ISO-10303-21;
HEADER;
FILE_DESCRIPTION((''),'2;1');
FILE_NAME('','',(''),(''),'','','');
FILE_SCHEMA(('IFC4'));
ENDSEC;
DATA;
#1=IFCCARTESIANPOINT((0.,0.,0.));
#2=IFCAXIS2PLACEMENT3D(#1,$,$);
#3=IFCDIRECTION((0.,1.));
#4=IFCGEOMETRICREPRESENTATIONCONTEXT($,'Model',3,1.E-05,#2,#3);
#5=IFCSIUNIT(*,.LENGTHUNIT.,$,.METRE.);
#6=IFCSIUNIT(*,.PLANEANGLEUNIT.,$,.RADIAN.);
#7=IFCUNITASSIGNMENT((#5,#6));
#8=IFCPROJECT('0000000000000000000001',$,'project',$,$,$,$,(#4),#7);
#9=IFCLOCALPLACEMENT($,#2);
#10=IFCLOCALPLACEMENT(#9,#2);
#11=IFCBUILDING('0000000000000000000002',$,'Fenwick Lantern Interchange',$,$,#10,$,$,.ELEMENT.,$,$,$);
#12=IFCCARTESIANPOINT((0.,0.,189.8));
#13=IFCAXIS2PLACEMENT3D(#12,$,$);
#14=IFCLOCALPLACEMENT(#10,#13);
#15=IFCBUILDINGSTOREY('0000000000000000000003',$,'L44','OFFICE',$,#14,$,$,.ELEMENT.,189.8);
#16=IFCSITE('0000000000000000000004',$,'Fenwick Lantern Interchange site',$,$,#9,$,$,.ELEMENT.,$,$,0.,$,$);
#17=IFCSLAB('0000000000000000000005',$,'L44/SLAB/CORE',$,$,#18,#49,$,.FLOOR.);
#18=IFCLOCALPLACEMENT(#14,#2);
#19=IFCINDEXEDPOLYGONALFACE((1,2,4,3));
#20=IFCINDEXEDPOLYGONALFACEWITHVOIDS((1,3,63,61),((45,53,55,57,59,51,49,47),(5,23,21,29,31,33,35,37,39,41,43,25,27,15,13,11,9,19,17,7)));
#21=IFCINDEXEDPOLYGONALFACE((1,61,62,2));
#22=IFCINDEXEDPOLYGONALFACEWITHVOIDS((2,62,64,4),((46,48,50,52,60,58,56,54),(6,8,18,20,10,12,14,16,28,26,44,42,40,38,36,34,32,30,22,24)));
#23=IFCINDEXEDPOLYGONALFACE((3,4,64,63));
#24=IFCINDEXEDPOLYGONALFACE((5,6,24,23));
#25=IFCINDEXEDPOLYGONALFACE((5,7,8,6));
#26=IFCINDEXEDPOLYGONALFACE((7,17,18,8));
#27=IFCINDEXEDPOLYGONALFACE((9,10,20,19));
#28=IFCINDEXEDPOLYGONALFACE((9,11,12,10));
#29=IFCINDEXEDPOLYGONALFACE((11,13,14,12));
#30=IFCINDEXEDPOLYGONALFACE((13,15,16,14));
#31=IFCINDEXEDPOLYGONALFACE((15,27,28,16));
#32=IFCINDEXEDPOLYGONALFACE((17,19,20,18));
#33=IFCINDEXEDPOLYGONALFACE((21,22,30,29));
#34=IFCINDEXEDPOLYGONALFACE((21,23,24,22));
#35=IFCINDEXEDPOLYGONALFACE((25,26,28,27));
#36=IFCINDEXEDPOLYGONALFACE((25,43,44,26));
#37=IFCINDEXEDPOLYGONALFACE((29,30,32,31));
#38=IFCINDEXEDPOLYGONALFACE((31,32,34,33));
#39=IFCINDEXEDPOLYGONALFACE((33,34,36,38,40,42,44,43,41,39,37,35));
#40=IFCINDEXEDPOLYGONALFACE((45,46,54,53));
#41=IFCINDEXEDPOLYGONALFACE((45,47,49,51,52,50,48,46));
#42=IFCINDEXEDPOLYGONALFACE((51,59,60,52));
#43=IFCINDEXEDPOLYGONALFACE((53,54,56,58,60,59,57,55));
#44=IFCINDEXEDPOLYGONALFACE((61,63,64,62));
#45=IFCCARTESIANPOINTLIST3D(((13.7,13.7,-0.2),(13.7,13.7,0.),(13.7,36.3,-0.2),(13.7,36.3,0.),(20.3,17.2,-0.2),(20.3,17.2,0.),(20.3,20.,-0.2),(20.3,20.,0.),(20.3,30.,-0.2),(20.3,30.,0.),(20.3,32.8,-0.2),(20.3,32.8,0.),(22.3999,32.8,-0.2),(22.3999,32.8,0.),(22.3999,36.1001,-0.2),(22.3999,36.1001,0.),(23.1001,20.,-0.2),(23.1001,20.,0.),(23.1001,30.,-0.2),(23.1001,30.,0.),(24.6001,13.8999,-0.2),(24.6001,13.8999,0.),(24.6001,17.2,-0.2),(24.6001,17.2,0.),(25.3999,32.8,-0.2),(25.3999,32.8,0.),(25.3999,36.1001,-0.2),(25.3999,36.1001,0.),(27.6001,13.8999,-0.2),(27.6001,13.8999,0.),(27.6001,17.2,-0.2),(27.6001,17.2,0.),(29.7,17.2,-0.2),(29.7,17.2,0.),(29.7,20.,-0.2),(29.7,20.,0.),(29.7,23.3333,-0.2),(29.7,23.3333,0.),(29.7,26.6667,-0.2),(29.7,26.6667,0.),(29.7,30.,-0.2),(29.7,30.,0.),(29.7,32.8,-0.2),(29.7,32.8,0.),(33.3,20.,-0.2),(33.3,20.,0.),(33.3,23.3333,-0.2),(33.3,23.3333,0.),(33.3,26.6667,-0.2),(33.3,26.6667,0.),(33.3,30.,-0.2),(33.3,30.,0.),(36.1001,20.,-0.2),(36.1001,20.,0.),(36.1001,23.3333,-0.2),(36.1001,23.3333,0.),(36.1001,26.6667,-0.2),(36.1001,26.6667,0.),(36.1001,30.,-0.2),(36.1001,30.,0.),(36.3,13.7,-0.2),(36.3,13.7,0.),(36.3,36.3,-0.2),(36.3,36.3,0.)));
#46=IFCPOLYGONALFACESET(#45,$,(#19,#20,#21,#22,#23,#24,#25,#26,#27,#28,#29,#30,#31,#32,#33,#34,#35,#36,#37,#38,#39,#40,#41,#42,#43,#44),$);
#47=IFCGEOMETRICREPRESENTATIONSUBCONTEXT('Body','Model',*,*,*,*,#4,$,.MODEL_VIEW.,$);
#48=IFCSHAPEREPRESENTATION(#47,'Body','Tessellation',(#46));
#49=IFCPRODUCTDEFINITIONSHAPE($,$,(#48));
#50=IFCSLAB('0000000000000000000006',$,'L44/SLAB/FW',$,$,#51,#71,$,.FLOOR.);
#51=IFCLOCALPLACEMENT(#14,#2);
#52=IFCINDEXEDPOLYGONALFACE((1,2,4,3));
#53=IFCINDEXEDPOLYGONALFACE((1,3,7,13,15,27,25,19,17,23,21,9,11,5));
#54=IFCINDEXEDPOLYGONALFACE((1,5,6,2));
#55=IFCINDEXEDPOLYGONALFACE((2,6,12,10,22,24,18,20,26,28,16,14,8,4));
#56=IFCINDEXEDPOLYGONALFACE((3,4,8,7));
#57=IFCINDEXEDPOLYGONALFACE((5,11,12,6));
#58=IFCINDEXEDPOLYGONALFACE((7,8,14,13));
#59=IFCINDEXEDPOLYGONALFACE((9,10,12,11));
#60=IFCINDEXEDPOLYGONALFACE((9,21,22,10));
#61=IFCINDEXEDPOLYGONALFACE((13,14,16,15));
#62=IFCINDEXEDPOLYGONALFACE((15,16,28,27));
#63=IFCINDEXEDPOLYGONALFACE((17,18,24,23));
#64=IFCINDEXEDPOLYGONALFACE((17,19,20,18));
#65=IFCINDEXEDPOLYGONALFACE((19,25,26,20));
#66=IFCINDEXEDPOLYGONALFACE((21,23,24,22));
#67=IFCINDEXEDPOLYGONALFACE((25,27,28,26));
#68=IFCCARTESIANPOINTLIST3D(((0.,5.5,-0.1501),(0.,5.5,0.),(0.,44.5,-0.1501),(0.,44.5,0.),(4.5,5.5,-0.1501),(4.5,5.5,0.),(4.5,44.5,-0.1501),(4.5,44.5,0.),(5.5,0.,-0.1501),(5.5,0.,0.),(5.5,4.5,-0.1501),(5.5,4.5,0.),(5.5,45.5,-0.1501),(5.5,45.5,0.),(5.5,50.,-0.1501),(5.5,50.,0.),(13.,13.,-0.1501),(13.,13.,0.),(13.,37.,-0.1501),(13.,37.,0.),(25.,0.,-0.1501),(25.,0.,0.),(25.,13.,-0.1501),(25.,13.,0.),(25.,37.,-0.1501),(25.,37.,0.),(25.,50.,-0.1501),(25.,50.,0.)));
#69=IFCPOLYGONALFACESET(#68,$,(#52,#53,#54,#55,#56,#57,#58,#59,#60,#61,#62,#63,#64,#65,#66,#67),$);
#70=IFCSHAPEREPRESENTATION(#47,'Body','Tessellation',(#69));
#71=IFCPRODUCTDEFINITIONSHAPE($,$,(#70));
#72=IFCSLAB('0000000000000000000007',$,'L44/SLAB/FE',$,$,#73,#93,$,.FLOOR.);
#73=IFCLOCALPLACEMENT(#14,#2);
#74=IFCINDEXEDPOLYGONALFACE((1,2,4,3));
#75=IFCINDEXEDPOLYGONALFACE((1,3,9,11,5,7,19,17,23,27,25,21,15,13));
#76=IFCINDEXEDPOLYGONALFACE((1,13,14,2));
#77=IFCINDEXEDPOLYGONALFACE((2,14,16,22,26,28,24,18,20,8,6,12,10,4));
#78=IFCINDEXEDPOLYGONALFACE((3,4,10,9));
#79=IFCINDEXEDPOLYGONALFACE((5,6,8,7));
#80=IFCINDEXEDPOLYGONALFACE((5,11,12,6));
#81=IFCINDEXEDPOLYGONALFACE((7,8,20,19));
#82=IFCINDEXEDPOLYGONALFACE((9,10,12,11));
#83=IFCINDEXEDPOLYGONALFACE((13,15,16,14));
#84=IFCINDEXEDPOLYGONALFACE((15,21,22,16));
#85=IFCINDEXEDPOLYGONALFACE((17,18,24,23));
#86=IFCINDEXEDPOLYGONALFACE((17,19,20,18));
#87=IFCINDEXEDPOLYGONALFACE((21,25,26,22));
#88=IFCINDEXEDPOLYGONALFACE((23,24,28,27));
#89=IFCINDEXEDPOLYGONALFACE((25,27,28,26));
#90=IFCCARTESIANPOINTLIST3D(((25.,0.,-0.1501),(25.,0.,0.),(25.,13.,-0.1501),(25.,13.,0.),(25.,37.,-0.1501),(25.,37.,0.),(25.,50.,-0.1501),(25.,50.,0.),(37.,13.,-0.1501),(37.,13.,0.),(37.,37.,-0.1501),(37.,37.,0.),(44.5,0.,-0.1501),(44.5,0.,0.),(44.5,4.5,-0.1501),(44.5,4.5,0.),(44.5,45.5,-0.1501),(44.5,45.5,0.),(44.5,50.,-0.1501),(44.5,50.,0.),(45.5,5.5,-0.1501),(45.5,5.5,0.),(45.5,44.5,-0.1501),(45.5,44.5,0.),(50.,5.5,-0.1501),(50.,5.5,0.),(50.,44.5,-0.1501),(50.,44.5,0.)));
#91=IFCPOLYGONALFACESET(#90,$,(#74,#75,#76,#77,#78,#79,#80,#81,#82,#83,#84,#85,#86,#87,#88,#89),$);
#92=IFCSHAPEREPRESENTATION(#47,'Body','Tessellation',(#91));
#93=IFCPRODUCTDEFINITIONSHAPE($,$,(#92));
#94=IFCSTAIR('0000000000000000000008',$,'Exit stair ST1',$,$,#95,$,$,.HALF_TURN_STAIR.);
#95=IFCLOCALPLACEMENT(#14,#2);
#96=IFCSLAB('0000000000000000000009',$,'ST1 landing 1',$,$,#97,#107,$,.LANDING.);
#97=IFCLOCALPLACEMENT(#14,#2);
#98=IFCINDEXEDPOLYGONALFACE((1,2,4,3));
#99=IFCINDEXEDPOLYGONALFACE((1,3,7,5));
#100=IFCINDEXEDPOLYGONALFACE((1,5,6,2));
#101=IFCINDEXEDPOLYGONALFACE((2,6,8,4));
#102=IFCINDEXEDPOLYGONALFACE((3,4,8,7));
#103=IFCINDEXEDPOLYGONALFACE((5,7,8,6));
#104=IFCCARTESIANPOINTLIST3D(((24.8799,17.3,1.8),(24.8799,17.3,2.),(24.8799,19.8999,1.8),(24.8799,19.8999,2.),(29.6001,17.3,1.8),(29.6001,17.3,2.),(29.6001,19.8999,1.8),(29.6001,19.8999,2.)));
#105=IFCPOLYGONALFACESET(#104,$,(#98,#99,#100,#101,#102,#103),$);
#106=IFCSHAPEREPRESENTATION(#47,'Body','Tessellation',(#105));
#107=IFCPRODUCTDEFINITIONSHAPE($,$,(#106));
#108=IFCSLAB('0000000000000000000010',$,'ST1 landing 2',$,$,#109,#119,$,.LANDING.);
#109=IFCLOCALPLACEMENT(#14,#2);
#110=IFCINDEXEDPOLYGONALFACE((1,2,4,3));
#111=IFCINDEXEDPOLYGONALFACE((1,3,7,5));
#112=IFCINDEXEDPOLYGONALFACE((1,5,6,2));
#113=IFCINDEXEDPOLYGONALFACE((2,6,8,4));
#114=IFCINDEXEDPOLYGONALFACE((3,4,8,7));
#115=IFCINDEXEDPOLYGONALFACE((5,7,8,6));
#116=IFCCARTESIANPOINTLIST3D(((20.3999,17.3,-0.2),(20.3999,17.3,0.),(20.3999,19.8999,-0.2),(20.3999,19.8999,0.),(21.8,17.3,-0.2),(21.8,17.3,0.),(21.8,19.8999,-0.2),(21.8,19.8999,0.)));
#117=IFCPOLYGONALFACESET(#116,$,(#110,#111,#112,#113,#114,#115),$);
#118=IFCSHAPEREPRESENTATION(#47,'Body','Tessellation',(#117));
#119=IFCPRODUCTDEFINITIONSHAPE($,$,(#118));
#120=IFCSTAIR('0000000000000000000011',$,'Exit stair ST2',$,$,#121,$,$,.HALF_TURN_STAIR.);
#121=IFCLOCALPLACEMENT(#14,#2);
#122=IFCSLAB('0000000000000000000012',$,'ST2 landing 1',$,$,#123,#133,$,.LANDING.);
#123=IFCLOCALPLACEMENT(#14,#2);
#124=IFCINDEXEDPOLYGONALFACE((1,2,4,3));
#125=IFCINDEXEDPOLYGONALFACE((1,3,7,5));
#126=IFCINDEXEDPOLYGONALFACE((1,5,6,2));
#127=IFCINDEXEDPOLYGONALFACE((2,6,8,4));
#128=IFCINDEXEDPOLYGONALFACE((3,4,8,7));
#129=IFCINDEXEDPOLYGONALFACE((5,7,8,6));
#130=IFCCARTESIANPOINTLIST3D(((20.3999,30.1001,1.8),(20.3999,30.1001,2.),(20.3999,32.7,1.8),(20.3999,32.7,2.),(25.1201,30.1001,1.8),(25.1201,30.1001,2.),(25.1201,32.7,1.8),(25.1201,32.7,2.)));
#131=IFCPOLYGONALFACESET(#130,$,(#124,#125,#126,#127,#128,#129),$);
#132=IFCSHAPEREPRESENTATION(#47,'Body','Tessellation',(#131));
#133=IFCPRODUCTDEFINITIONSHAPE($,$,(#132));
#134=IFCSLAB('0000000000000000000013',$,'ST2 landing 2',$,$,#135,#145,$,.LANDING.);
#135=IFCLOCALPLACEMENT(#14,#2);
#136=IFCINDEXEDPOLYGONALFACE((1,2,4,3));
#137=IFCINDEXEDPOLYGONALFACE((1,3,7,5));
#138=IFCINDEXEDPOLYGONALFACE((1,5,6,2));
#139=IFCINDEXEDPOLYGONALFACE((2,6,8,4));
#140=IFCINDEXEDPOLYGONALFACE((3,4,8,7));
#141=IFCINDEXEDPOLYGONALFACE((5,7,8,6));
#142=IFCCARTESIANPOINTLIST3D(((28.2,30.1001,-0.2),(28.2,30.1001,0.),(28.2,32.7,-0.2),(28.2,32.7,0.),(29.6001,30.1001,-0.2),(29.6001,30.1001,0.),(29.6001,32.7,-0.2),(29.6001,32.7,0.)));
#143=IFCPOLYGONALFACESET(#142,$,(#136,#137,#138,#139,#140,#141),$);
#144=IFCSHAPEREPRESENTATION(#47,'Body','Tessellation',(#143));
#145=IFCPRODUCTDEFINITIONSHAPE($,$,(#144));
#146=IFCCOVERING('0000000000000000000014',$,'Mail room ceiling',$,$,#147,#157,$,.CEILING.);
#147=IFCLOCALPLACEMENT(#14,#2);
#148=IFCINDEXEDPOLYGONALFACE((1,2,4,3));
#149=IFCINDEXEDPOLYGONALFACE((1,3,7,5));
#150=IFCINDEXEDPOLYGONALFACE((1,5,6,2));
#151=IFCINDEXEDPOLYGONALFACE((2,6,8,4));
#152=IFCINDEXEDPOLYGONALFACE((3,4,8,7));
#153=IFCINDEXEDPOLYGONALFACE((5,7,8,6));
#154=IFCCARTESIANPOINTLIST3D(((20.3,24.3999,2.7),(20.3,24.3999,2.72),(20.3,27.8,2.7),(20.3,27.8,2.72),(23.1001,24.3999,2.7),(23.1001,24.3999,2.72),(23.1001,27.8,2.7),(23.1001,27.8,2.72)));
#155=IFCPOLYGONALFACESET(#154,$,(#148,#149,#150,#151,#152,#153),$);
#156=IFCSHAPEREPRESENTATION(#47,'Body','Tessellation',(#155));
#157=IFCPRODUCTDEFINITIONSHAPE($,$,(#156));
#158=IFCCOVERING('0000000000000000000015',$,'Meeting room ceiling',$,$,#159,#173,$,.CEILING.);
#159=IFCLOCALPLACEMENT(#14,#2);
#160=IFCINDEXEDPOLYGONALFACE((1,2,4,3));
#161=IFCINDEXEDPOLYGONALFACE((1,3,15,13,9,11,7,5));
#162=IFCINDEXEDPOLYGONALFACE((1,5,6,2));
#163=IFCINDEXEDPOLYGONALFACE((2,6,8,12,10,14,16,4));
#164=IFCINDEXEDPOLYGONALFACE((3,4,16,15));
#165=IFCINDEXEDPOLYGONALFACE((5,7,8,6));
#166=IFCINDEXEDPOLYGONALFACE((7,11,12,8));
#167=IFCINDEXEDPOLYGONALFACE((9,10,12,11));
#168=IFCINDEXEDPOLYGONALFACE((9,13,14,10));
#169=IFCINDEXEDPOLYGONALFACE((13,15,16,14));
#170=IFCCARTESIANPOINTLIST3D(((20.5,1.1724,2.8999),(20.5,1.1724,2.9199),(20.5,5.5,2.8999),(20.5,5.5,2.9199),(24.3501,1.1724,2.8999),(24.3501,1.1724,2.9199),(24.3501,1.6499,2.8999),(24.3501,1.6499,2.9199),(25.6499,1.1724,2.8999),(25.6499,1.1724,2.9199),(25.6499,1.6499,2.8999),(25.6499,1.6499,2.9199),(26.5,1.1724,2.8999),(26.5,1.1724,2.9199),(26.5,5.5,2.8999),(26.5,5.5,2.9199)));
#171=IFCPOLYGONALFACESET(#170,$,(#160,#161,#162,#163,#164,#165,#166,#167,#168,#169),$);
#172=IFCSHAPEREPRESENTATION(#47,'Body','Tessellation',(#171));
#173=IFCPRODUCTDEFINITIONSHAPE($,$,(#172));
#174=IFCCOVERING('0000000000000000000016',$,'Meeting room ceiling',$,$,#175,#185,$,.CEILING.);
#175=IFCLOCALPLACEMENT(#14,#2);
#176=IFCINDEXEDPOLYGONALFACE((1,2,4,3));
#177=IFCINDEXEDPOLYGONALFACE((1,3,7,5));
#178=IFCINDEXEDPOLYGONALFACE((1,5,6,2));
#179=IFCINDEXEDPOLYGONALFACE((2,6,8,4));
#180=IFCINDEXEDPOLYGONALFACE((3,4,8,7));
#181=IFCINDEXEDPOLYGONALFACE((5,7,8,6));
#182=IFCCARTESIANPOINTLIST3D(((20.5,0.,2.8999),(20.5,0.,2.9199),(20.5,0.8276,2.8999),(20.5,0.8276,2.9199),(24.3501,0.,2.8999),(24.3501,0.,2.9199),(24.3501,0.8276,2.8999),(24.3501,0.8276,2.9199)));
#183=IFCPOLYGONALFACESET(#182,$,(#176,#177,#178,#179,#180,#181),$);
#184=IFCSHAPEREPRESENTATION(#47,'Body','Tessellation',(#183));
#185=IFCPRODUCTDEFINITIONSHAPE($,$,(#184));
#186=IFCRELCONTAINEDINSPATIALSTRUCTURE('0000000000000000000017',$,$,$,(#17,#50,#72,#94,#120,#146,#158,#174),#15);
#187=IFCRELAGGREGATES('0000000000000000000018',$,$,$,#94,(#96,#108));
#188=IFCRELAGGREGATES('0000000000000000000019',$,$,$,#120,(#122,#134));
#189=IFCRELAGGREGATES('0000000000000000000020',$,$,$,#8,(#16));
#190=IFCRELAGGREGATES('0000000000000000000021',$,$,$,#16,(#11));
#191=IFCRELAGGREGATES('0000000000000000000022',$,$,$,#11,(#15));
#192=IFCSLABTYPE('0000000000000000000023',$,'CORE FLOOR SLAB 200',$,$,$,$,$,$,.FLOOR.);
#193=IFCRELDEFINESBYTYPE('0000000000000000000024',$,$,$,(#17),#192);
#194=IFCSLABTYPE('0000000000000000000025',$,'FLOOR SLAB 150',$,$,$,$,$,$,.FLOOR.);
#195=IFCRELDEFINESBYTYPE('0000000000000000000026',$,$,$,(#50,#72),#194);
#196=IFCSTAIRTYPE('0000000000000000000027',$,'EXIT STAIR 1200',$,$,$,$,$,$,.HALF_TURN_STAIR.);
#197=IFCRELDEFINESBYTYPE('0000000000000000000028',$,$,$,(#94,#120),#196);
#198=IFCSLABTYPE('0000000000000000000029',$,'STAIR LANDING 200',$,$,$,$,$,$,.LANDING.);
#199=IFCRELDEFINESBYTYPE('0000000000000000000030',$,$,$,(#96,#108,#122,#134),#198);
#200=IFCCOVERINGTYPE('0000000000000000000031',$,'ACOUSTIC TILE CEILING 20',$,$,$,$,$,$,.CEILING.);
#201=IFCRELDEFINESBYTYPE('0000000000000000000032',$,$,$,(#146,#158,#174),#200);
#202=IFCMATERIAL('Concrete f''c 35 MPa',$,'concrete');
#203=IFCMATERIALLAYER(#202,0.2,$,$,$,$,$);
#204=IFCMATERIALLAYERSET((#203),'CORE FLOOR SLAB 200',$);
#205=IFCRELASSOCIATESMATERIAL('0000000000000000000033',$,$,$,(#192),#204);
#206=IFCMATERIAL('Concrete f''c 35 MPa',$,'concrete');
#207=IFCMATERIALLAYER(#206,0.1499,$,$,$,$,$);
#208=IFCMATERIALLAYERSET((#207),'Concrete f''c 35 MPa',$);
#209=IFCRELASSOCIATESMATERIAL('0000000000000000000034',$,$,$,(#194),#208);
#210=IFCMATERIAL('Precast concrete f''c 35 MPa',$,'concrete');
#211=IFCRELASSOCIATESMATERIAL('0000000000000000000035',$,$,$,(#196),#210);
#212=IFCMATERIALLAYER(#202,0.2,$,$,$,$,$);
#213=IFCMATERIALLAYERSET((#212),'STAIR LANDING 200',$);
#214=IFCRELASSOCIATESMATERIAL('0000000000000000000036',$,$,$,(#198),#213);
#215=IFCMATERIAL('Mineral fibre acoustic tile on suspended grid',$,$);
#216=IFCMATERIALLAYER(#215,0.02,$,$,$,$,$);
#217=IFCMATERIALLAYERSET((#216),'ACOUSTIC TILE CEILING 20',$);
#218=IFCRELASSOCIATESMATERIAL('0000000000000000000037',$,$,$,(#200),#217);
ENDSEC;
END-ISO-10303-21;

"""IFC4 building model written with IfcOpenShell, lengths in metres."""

from ifc_helpers import new_model, si_unit, direction, frame, origin, place, context, subcontext, project, spatial, polyline, outline, extrude, material, layer, layer_set, type_object, element, aggregate, save


model = new_model("IFC4")

# Units and contexts
model_context = context("Model", 3, precision=1e-05, world=origin(), true_north=direction((0.0, 1.0)))
body_context = subcontext(model_context, "Body", "Model", "MODEL_VIEW")
ifc_project = project(units=[si_unit("LENGTHUNIT", "METRE"), si_unit("PLANEANGLEUNIT", "RADIAN")], contexts=[model_context])

# Site, building, storey
site_placement = place(None, origin())
site = spatial("IfcSite", under=ifc_project, at=site_placement, Name="Fenwick Lantern Interchange site", CompositionType="ELEMENT", RefElevation=0.0)
building_placement = place(site_placement, origin())
building = spatial("IfcBuilding", under=site, at=building_placement, Name="Fenwick Lantern Interchange", CompositionType="ELEMENT")
storey_placement = place(building_placement, frame((0.0, 0.0, 189.8)))
storey = spatial("IfcBuildingStorey", under=building, at=storey_placement, Name="L44", Description="OFFICE", CompositionType="ELEMENT", Elevation=189.8)

# Slabs
ifc_material_1 = material(Name="Concrete f'c 35 MPa", Category="concrete")
ifc_layer_1 = layer(ifc_material_1, 0.2)
ifc_layer_set_1 = layer_set([ifc_layer_1], Name="CORE FLOOR SLAB 200")
slab_type_1 = type_object("IfcSlabType", Name="CORE FLOOR SLAB 200", PredefinedType="FLOOR", material=ifc_layer_set_1)
slab_1_placement = place(storey_placement, frame((0.0, 0.0, -0.2)))
element("IfcSlab", 1, at=slab_1_placement, inside=storey, type_object=slab_type_1, Name="L44/SLAB/CORE", PredefinedType="FLOOR", context=body_context, shape_type="SweptSolid", body=[
    extrude(outline(polyline([(13.7, 36.3), (36.3, 36.3), (36.3, 13.7), (13.7, 13.7), (13.7, 36.3)]), holes=[polyline([(24.6001, 13.8999), (27.6001, 13.8999), (27.6001, 17.2), (29.7, 17.2), (29.7, 20.0), (29.7, 23.3333), (29.7, 26.6667), (29.7, 30.0), (29.7, 32.8), (25.3999, 32.8), (25.3999, 36.1001), (22.3999, 36.1001), (22.3999, 32.8), (20.3, 32.8), (20.3, 30.0), (23.1001, 30.0), (23.1001, 20.0), (20.3, 20.0), (20.3, 17.2), (24.6001, 17.2), (24.6001, 13.8999)]), polyline([(33.3, 23.3333), (33.3, 20.0), (36.1001, 20.0), (36.1001, 23.3333), (36.1001, 26.6667), (36.1001, 30.0), (33.3, 30.0), (33.3, 26.6667), (33.3, 23.3333)])]), origin(), (0.0, 0.0, 1.0), 0.2),
])
ifc_material_2 = material(Name="Concrete f'c 35 MPa", Category="concrete")
ifc_layer_2 = layer(ifc_material_2, 0.1499)
ifc_layer_set_2 = layer_set([ifc_layer_2], Name="Concrete f'c 35 MPa")
slab_type_2 = type_object("IfcSlabType", Name="FLOOR SLAB 150", PredefinedType="FLOOR", material=ifc_layer_set_2)
slab_2_placement = place(storey_placement, frame((0.0, 0.0, -0.1501)))
element("IfcSlab", 2, at=slab_2_placement, inside=storey, type_object=slab_type_2, Name="L44/SLAB/FW", PredefinedType="FLOOR", context=body_context, shape_type="SweptSolid", body=[
    extrude(outline(polyline([(5.5, 0.0), (5.5, 4.5), (4.5, 5.5), (0.0, 5.5), (0.0, 44.5), (4.5, 44.5), (5.5, 45.5), (5.5, 50.0), (25.0, 50.0), (25.0, 37.0), (13.0, 37.0), (13.0, 13.0), (25.0, 13.0), (25.0, 0.0), (5.5, 0.0)])), origin(), (0.0, 0.0, 1.0), 0.1501),
])
slab_3_placement = place(storey_placement, frame((0.0, 0.0, -0.1501)))
element("IfcSlab", 3, at=slab_3_placement, inside=storey, type_object=slab_type_2, Name="L44/SLAB/FE", PredefinedType="FLOOR", context=body_context, shape_type="SweptSolid", body=[
    extrude(outline(polyline([(44.5, 50.0), (44.5, 45.5), (45.5, 44.5), (50.0, 44.5), (50.0, 5.5), (45.5, 5.5), (44.5, 4.5), (44.5, 0.0), (25.0, 0.0), (25.0, 13.0), (37.0, 13.0), (37.0, 37.0), (25.0, 37.0), (25.0, 50.0), (44.5, 50.0)])), origin(), (0.0, 0.0, 1.0), 0.1501),
])

# Stairs, slabs
ifc_material_3 = material(Name="Precast concrete f'c 35 MPa", Category="concrete")
stair_type = type_object("IfcStairType", Name="EXIT STAIR 1200", PredefinedType="HALF_TURN_STAIR", material=ifc_material_3)
stair_1_placement = place(storey_placement, origin())
stair_1 = element("IfcStair", 4, at=stair_1_placement, inside=storey, type_object=stair_type, Name="Exit stair ST1", PredefinedType="HALF_TURN_STAIR")
ifc_layer_3 = layer(ifc_material_1, 0.2)
ifc_layer_set_3 = layer_set([ifc_layer_3], Name="STAIR LANDING 200")
slab_type_3 = type_object("IfcSlabType", Name="STAIR LANDING 200", PredefinedType="LANDING", material=ifc_layer_set_3)
slab_4_placement = place(storey_placement, frame((0.0, 0.0, 1.8)))
slab_4 = element("IfcSlab", 5, at=slab_4_placement, type_object=slab_type_3, Name="ST1 landing 1", PredefinedType="LANDING", context=body_context, shape_type="SweptSolid", body=[
    extrude(outline(polyline([(24.8799, 17.3), (29.6001, 17.3), (29.6001, 19.8999), (24.8799, 19.8999), (24.8799, 17.3)])), origin(), (0.0, 0.0, 1.0), 0.2),
])
slab_5_placement = place(storey_placement, frame((0.0, 0.0, -0.2)))
slab_5 = element("IfcSlab", 6, at=slab_5_placement, type_object=slab_type_3, Name="ST1 landing 2", PredefinedType="LANDING", context=body_context, shape_type="SweptSolid", body=[
    extrude(outline(polyline([(20.3999, 17.3), (21.8, 17.3), (21.8, 19.8999), (20.3999, 19.8999), (20.3999, 17.3)])), origin(), (0.0, 0.0, 1.0), 0.2),
])
aggregate(stair_1, [slab_4, slab_5])
stair_2_placement = place(storey_placement, origin())
stair_2 = element("IfcStair", 7, at=stair_2_placement, inside=storey, type_object=stair_type, Name="Exit stair ST2", PredefinedType="HALF_TURN_STAIR")
slab_6_placement = place(storey_placement, frame((0.0, 0.0, 1.8)))
slab_6 = element("IfcSlab", 8, at=slab_6_placement, type_object=slab_type_3, Name="ST2 landing 1", PredefinedType="LANDING", context=body_context, shape_type="SweptSolid", body=[
    extrude(outline(polyline([(25.1201, 32.7), (20.3999, 32.7), (20.3999, 30.1001), (25.1201, 30.1001), (25.1201, 32.7)])), origin(), (0.0, 0.0, 1.0), 0.2),
])
slab_7_placement = place(storey_placement, frame((0.0, 0.0, -0.2)))
slab_7 = element("IfcSlab", 9, at=slab_7_placement, type_object=slab_type_3, Name="ST2 landing 2", PredefinedType="LANDING", context=body_context, shape_type="SweptSolid", body=[
    extrude(outline(polyline([(29.6001, 32.7), (28.2, 32.7), (28.2, 30.1001), (29.6001, 30.1001), (29.6001, 32.7)])), origin(), (0.0, 0.0, 1.0), 0.2),
])
aggregate(stair_2, [slab_6, slab_7])

# Coverings
ifc_material_4 = material(Name="Mineral fibre acoustic tile on suspended grid")
ifc_layer_4 = layer(ifc_material_4, 0.02)
ifc_layer_set_4 = layer_set([ifc_layer_4], Name="ACOUSTIC TILE CEILING 20")
covering_type_1 = type_object("IfcCoveringType", Name="ACOUSTIC TILE CEILING 20", PredefinedType="CEILING", material=ifc_layer_set_4)
covering_1_placement = place(storey_placement, frame((0.0, 0.0, 2.7)))
element("IfcCovering", 10, at=covering_1_placement, inside=storey, type_object=covering_type_1, Name="Mail room ceiling", PredefinedType="CEILING", context=body_context, shape_type="SweptSolid", body=[
    extrude(outline(polyline([(20.3, 24.3999), (23.1001, 24.3999), (23.1001, 27.8), (20.3, 27.8), (20.3, 24.3999)])), origin(), (0.0, 0.0, 1.0), 0.02),
])
covering_2_placement = place(storey_placement, frame((0.0, 0.0, 2.8999)))
element("IfcCovering", 11, at=covering_2_placement, inside=storey, type_object=covering_type_1, Name="Meeting room ceiling", PredefinedType="CEILING", context=body_context, shape_type="SweptSolid", body=[
    extrude(outline(polyline([(20.5, 5.5), (20.5, 1.1724), (24.3501, 1.1724), (24.3501, 1.6499), (25.6499, 1.6499), (25.6499, 1.1724), (26.5, 1.1724), (26.5, 5.5), (20.5, 5.5)])), origin(), (0.0, 0.0, 1.0), 0.02),
])
covering_3_placement = place(storey_placement, frame((0.0, 0.0, 2.8999)))
element("IfcCovering", 12, at=covering_3_placement, inside=storey, type_object=covering_type_1, Name="Meeting room ceiling", PredefinedType="CEILING", context=body_context, shape_type="SweptSolid", body=[
    extrude(outline(polyline([(20.5, 0.8276), (20.5, 0.0), (24.3501, 0.0), (24.3501, 0.8276), (20.5, 0.8276)])), origin(), (0.0, 0.0, 1.0), 0.02),
])

save(model, "model.ifc")
